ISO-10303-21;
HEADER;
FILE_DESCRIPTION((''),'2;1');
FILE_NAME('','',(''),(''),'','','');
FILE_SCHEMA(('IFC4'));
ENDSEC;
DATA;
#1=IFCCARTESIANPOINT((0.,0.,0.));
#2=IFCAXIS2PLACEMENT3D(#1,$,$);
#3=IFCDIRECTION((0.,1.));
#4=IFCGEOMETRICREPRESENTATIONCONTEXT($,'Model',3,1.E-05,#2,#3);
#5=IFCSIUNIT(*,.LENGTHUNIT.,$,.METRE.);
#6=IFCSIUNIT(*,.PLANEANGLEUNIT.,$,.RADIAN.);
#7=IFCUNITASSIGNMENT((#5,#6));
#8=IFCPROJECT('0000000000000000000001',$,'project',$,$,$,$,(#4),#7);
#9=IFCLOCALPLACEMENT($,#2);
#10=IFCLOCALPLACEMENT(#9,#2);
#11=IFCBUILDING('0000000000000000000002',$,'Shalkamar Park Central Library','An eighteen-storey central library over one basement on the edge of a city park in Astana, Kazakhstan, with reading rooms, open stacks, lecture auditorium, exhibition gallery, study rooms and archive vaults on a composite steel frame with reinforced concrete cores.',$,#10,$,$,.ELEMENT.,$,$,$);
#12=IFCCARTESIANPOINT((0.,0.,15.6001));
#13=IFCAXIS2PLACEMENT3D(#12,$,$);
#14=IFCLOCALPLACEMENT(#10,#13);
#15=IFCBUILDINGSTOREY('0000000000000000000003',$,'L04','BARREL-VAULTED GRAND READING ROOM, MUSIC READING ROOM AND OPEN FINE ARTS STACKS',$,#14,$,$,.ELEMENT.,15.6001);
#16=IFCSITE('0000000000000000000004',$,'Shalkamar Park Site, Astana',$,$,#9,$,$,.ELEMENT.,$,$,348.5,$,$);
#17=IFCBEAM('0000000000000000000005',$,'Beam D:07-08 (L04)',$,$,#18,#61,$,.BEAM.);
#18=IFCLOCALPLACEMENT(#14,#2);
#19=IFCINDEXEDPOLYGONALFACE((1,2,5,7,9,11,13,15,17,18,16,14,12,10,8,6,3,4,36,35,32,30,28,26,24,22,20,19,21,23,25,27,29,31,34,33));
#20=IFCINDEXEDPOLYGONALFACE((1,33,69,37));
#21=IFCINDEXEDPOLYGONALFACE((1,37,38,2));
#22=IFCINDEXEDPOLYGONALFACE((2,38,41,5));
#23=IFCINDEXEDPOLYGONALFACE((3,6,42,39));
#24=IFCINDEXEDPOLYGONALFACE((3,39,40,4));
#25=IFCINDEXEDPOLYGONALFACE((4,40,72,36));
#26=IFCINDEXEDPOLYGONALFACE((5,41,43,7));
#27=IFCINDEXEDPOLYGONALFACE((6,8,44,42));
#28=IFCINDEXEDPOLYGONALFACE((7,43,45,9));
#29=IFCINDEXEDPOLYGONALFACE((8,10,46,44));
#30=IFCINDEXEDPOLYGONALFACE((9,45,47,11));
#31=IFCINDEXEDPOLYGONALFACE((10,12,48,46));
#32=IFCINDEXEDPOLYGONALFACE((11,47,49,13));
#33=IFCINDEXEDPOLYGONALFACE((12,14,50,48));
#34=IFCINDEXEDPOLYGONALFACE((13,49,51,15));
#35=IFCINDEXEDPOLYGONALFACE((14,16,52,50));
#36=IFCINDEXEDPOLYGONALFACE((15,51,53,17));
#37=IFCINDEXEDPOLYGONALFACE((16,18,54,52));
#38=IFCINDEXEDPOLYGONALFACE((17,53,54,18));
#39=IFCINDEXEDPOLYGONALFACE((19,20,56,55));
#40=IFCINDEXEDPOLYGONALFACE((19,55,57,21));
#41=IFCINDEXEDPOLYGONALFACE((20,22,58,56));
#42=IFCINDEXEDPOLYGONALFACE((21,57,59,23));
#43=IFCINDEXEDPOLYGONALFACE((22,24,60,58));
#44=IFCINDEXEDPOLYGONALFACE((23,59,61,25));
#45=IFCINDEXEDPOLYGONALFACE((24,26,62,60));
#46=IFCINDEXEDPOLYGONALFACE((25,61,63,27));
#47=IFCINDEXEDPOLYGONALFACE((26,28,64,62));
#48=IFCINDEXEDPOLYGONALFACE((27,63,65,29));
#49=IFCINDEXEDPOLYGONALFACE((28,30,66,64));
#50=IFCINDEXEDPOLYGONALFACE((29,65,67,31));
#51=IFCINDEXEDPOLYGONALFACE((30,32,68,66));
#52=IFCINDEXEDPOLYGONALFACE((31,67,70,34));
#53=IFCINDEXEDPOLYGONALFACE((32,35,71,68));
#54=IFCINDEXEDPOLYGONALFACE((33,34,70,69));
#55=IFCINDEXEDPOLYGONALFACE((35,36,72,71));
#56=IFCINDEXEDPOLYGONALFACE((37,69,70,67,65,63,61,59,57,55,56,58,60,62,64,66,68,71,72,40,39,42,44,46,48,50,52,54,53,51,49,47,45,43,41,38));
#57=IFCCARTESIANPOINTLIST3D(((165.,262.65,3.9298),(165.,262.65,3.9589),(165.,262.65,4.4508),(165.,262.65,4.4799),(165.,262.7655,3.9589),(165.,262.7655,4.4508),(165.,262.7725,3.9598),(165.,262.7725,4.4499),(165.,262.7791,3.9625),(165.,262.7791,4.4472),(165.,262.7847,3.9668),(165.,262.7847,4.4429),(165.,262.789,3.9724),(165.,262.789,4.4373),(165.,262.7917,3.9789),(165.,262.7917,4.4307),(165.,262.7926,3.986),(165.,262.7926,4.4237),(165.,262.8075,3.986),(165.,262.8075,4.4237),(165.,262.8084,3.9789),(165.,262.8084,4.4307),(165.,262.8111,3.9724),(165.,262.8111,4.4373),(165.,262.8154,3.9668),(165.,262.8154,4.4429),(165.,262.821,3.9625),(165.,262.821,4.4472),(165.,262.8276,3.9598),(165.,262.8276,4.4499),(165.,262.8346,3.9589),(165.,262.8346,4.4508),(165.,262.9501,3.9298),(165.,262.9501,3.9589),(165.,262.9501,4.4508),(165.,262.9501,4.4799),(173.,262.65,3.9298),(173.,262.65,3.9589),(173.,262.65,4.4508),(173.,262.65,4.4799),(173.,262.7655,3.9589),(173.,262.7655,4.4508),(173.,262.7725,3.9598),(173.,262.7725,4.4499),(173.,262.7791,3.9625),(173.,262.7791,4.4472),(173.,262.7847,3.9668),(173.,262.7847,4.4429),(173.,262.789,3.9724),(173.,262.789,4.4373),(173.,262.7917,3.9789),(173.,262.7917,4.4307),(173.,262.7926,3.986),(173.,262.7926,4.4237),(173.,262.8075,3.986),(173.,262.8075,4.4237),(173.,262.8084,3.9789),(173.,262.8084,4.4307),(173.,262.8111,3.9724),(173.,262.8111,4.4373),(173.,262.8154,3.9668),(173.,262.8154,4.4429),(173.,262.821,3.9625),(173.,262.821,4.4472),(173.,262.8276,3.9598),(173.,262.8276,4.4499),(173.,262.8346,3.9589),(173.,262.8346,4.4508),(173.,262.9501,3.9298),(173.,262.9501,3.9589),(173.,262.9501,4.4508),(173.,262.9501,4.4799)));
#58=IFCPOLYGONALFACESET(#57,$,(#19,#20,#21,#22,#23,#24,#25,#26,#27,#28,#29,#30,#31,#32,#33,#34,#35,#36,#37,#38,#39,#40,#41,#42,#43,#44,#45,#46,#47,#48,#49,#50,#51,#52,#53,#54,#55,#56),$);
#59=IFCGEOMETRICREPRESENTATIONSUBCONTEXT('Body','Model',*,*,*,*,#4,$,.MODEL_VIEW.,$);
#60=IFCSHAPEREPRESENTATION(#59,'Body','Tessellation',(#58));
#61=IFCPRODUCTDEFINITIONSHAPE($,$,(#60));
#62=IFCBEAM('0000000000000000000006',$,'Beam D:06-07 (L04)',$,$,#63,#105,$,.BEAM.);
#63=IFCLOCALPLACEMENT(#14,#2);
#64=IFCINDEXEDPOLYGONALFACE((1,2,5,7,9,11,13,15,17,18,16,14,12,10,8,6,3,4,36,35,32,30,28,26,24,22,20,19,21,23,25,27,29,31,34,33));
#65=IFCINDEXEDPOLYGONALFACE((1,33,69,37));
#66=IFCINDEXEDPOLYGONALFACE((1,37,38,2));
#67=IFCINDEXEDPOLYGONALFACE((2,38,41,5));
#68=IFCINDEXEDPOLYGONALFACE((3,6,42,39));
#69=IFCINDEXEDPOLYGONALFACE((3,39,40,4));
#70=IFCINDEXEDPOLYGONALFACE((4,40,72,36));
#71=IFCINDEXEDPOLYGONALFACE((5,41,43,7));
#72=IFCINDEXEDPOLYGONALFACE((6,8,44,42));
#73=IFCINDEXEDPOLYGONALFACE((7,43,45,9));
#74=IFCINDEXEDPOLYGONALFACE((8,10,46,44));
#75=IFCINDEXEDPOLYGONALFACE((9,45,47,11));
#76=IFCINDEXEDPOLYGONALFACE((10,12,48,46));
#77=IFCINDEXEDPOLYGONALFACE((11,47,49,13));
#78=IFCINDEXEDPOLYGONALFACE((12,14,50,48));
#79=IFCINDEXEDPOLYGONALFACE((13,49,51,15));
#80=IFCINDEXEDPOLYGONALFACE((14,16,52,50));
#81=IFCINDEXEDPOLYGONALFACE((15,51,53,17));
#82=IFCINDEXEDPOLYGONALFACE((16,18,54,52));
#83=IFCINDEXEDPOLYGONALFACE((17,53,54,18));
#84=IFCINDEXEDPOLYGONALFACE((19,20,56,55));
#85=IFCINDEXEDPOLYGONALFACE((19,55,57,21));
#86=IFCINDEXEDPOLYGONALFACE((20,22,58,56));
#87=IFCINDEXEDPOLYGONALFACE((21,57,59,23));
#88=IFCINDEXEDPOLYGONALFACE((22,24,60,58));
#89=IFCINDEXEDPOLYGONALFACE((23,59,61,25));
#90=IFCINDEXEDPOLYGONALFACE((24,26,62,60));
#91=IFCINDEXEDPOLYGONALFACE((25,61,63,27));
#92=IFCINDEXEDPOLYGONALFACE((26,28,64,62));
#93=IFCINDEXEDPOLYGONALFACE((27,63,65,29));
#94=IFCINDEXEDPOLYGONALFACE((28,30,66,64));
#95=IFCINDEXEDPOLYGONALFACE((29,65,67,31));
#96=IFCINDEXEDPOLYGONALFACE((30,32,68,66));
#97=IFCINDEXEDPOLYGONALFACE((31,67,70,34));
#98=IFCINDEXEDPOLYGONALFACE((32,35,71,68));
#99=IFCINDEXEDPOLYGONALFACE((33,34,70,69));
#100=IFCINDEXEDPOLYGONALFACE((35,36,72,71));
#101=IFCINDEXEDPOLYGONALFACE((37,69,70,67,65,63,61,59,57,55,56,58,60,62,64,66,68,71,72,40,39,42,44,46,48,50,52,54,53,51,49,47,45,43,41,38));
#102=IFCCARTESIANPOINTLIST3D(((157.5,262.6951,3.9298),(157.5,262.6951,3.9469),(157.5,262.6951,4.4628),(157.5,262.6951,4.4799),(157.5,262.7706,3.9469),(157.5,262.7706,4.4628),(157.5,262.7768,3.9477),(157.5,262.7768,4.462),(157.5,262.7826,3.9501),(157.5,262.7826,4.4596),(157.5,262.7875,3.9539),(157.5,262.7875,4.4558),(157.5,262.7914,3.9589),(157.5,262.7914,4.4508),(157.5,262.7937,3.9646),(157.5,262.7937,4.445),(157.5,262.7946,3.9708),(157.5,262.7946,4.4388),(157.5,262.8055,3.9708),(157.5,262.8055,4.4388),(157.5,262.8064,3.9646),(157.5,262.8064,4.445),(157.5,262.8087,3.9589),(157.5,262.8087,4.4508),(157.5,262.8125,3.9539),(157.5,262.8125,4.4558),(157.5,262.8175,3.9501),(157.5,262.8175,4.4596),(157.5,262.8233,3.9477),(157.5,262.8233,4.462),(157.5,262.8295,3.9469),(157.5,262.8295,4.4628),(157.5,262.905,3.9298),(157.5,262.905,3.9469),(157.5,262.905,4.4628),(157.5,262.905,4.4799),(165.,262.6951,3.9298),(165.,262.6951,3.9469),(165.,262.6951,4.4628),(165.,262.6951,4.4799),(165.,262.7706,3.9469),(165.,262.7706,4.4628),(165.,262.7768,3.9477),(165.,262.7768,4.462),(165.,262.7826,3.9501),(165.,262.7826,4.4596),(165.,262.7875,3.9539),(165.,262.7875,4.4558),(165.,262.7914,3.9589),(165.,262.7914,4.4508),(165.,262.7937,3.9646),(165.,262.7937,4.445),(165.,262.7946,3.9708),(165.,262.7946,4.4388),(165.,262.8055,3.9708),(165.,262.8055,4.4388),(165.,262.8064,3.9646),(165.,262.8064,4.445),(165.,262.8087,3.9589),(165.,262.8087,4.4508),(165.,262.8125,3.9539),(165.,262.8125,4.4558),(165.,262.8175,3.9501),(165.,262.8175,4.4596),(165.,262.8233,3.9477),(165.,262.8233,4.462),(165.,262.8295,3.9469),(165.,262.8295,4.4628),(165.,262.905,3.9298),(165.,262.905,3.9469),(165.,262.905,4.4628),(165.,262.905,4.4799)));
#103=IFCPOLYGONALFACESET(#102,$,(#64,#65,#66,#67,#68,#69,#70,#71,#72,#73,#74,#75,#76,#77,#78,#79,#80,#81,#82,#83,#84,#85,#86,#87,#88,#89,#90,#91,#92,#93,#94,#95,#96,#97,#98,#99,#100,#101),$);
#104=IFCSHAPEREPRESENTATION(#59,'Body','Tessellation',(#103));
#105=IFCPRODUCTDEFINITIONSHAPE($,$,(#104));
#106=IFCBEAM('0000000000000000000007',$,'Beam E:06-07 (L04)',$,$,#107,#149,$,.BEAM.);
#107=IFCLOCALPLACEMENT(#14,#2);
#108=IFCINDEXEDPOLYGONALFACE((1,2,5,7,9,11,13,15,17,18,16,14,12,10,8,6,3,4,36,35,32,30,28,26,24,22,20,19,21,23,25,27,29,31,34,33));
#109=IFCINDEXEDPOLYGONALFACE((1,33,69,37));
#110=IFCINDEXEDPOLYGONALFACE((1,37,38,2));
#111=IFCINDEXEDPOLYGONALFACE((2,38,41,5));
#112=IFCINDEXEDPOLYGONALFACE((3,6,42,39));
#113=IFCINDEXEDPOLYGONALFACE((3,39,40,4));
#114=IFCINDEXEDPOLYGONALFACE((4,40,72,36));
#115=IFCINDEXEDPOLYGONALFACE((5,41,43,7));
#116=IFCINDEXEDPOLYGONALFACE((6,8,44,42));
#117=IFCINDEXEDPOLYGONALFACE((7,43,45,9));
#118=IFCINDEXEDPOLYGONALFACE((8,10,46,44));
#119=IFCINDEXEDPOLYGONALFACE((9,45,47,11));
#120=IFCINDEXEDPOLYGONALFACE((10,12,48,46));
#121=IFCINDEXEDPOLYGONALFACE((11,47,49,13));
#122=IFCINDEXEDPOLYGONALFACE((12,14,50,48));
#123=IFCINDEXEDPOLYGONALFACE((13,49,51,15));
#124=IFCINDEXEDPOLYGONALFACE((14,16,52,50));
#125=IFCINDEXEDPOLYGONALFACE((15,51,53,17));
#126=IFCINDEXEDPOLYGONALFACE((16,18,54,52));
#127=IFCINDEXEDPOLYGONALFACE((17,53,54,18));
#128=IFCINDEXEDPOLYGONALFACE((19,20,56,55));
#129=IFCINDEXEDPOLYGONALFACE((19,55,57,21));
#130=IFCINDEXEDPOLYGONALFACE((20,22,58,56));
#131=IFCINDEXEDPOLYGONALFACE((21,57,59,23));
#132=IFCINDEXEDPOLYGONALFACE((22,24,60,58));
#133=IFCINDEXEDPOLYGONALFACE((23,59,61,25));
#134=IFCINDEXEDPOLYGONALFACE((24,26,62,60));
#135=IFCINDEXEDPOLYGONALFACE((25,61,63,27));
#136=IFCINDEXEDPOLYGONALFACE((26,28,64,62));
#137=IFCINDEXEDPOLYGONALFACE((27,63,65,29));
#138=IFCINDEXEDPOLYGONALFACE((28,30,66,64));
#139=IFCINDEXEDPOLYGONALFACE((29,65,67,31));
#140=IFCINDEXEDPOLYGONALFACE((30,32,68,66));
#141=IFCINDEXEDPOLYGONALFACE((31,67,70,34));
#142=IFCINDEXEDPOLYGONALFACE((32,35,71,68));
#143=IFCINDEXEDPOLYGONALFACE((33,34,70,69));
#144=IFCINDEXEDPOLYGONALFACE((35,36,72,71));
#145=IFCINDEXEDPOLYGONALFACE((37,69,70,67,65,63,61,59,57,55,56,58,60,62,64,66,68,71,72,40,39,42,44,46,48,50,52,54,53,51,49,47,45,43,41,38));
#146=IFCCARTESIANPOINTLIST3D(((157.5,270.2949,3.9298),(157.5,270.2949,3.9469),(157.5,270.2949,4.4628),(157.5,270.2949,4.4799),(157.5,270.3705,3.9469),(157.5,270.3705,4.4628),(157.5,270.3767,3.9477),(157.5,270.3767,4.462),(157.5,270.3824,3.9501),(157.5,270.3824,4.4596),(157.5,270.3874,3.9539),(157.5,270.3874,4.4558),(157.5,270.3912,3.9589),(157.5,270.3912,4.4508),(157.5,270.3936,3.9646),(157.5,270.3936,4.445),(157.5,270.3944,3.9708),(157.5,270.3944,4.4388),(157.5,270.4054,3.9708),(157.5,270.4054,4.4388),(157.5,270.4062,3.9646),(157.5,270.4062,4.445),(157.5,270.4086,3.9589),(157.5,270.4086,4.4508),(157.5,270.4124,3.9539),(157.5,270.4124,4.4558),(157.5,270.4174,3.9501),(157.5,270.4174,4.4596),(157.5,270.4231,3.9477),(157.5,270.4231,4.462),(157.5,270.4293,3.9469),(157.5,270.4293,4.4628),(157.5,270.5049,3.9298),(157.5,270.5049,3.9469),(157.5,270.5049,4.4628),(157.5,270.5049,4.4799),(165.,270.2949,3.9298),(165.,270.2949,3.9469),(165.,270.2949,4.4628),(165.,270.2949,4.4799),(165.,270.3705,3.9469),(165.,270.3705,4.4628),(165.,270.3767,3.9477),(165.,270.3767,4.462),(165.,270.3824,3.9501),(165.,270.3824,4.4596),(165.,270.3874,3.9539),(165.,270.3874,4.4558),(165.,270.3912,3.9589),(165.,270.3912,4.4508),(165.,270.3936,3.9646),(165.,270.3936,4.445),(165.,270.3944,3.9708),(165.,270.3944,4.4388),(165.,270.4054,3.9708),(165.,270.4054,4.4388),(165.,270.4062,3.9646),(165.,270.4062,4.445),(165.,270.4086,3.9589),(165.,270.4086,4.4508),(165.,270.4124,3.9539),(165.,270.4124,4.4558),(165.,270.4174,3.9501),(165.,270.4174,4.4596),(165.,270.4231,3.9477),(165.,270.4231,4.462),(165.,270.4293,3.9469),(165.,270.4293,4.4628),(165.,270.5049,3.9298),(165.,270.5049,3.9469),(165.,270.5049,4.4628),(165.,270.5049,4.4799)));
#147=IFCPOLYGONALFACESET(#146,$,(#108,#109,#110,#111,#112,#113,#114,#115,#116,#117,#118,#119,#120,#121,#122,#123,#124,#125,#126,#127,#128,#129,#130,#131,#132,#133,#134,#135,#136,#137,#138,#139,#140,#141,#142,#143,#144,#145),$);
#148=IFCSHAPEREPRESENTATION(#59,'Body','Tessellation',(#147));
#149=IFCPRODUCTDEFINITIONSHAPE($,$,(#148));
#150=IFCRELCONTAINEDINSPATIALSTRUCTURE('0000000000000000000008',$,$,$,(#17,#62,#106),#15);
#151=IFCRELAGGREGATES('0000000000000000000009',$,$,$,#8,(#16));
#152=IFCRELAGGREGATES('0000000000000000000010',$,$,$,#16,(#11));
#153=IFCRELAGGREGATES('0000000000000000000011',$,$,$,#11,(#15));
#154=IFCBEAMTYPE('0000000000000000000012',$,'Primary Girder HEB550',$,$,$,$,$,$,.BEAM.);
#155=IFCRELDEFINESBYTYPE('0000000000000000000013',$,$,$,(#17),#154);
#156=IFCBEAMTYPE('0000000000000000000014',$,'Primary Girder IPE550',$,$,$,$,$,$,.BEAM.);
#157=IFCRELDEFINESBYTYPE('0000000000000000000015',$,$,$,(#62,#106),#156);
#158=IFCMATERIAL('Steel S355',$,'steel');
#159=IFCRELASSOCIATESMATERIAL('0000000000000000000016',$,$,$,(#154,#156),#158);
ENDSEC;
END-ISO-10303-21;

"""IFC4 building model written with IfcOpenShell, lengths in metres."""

from ifc_helpers import new_model, si_unit, direction, frame, origin, origin_2d, place, context, subcontext, project, spatial, i_section, extrude, material, material_profile, profile_set, type_object, element, save


model = new_model("IFC4")

# Units and contexts
model_context = context("Model", 3, precision=1e-05, world=origin(), true_north=direction((0.0, 1.0)))
body_context = subcontext(model_context, "Body", "Model", "MODEL_VIEW")
ifc_project = project(units=[si_unit("LENGTHUNIT", "METRE"), si_unit("PLANEANGLEUNIT", "RADIAN")], contexts=[model_context])

# Site, building, storey
site_placement = place(None, origin())
site = spatial("IfcSite", under=ifc_project, at=site_placement, Name="Shalkamar Park Site, Astana", CompositionType="ELEMENT", RefElevation=348.5)
building_placement = place(site_placement, origin())
building = spatial("IfcBuilding", under=site, at=building_placement, Name="Shalkamar Park Central Library", Description="An eighteen-storey central library over one basement on the edge of a city park in Astana, Kazakhstan, with reading rooms, open stacks, lecture auditorium, exhibition gallery, study rooms and archive vaults on a composite steel frame with reinforced concrete cores.", CompositionType="ELEMENT")
storey_placement = place(building_placement, frame((0.0, 0.0, 15.6001)))
storey = spatial("IfcBuildingStorey", under=building, at=storey_placement, Name="L04", Description="BARREL-VAULTED GRAND READING ROOM, MUSIC READING ROOM AND OPEN FINE ARTS STACKS", CompositionType="ELEMENT", Elevation=15.6001)

# Shared definitions
ifc_material_1 = material(Name="Steel S355", Category="steel")

# Beams
ifc_material_profile_1 = material_profile(ifc_material_1, i_section(OverallWidth=0.3, OverallDepth=0.55, WebThickness=0.0149, FlangeThickness=0.0291, FilletRadius=0.0271, at=origin_2d()), Name="HEB 550")
ifc_profile_set_1 = profile_set([ifc_material_profile_1], Name="Steel S355")
beam_type_1 = type_object("IfcBeamType", Name="Primary Girder HEB550", PredefinedType="BEAM", material=ifc_profile_set_1)
beam_1_placement = place(storey_placement, frame((165.0, 262.8, 4.2048), z_axis=(1.0, 0.0, 0.0), x_axis=(0.0, 1.0, 0.0)))
element("IfcBeam", 1, at=beam_1_placement, inside=storey, type_object=beam_type_1, Name="Beam D:07-08 (L04)", PredefinedType="BEAM", context=body_context, shape_type="SweptSolid", body=[
    extrude(i_section(OverallWidth=0.3, OverallDepth=0.55, WebThickness=0.0149, FlangeThickness=0.0291, FilletRadius=0.0271, at=origin_2d()), origin(), (0.0, 0.0, 1.0), 8.0),
])
ifc_material_profile_2 = material_profile(ifc_material_1, i_section(OverallWidth=0.21, OverallDepth=0.55, WebThickness=0.011, FlangeThickness=0.0171, FilletRadius=0.0239, at=origin_2d()), Name="IPE 550")
ifc_profile_set_2 = profile_set([ifc_material_profile_2], Name="Steel S355")
beam_type_2 = type_object("IfcBeamType", Name="Primary Girder IPE550", PredefinedType="BEAM", material=ifc_profile_set_2)
for number, where, z_axis, x_axis, name in (
    (2, (157.5, 262.8, 4.2048), (1.0, 0.0, 0.0), (0.0, 1.0, 0.0), "Beam D:06-07 (L04)"),
    (3, (157.5, 270.3999, 4.2048), (1.0, 0.0, 0.0), (0.0, 1.0, 0.0), "Beam E:06-07 (L04)"),
):
    element("IfcBeam", number, at=place(storey_placement, frame(where, z_axis=z_axis, x_axis=x_axis)), inside=storey, type_object=beam_type_2, Name=name, PredefinedType="BEAM", context=body_context, shape_type="SweptSolid", body=[
        extrude(i_section(OverallWidth=0.21, OverallDepth=0.55, WebThickness=0.011, FlangeThickness=0.0171, FilletRadius=0.0239, at=origin_2d()), origin(), (0.0, 0.0, 1.0), 7.5),
    ])

save(model, "model.ifc")
